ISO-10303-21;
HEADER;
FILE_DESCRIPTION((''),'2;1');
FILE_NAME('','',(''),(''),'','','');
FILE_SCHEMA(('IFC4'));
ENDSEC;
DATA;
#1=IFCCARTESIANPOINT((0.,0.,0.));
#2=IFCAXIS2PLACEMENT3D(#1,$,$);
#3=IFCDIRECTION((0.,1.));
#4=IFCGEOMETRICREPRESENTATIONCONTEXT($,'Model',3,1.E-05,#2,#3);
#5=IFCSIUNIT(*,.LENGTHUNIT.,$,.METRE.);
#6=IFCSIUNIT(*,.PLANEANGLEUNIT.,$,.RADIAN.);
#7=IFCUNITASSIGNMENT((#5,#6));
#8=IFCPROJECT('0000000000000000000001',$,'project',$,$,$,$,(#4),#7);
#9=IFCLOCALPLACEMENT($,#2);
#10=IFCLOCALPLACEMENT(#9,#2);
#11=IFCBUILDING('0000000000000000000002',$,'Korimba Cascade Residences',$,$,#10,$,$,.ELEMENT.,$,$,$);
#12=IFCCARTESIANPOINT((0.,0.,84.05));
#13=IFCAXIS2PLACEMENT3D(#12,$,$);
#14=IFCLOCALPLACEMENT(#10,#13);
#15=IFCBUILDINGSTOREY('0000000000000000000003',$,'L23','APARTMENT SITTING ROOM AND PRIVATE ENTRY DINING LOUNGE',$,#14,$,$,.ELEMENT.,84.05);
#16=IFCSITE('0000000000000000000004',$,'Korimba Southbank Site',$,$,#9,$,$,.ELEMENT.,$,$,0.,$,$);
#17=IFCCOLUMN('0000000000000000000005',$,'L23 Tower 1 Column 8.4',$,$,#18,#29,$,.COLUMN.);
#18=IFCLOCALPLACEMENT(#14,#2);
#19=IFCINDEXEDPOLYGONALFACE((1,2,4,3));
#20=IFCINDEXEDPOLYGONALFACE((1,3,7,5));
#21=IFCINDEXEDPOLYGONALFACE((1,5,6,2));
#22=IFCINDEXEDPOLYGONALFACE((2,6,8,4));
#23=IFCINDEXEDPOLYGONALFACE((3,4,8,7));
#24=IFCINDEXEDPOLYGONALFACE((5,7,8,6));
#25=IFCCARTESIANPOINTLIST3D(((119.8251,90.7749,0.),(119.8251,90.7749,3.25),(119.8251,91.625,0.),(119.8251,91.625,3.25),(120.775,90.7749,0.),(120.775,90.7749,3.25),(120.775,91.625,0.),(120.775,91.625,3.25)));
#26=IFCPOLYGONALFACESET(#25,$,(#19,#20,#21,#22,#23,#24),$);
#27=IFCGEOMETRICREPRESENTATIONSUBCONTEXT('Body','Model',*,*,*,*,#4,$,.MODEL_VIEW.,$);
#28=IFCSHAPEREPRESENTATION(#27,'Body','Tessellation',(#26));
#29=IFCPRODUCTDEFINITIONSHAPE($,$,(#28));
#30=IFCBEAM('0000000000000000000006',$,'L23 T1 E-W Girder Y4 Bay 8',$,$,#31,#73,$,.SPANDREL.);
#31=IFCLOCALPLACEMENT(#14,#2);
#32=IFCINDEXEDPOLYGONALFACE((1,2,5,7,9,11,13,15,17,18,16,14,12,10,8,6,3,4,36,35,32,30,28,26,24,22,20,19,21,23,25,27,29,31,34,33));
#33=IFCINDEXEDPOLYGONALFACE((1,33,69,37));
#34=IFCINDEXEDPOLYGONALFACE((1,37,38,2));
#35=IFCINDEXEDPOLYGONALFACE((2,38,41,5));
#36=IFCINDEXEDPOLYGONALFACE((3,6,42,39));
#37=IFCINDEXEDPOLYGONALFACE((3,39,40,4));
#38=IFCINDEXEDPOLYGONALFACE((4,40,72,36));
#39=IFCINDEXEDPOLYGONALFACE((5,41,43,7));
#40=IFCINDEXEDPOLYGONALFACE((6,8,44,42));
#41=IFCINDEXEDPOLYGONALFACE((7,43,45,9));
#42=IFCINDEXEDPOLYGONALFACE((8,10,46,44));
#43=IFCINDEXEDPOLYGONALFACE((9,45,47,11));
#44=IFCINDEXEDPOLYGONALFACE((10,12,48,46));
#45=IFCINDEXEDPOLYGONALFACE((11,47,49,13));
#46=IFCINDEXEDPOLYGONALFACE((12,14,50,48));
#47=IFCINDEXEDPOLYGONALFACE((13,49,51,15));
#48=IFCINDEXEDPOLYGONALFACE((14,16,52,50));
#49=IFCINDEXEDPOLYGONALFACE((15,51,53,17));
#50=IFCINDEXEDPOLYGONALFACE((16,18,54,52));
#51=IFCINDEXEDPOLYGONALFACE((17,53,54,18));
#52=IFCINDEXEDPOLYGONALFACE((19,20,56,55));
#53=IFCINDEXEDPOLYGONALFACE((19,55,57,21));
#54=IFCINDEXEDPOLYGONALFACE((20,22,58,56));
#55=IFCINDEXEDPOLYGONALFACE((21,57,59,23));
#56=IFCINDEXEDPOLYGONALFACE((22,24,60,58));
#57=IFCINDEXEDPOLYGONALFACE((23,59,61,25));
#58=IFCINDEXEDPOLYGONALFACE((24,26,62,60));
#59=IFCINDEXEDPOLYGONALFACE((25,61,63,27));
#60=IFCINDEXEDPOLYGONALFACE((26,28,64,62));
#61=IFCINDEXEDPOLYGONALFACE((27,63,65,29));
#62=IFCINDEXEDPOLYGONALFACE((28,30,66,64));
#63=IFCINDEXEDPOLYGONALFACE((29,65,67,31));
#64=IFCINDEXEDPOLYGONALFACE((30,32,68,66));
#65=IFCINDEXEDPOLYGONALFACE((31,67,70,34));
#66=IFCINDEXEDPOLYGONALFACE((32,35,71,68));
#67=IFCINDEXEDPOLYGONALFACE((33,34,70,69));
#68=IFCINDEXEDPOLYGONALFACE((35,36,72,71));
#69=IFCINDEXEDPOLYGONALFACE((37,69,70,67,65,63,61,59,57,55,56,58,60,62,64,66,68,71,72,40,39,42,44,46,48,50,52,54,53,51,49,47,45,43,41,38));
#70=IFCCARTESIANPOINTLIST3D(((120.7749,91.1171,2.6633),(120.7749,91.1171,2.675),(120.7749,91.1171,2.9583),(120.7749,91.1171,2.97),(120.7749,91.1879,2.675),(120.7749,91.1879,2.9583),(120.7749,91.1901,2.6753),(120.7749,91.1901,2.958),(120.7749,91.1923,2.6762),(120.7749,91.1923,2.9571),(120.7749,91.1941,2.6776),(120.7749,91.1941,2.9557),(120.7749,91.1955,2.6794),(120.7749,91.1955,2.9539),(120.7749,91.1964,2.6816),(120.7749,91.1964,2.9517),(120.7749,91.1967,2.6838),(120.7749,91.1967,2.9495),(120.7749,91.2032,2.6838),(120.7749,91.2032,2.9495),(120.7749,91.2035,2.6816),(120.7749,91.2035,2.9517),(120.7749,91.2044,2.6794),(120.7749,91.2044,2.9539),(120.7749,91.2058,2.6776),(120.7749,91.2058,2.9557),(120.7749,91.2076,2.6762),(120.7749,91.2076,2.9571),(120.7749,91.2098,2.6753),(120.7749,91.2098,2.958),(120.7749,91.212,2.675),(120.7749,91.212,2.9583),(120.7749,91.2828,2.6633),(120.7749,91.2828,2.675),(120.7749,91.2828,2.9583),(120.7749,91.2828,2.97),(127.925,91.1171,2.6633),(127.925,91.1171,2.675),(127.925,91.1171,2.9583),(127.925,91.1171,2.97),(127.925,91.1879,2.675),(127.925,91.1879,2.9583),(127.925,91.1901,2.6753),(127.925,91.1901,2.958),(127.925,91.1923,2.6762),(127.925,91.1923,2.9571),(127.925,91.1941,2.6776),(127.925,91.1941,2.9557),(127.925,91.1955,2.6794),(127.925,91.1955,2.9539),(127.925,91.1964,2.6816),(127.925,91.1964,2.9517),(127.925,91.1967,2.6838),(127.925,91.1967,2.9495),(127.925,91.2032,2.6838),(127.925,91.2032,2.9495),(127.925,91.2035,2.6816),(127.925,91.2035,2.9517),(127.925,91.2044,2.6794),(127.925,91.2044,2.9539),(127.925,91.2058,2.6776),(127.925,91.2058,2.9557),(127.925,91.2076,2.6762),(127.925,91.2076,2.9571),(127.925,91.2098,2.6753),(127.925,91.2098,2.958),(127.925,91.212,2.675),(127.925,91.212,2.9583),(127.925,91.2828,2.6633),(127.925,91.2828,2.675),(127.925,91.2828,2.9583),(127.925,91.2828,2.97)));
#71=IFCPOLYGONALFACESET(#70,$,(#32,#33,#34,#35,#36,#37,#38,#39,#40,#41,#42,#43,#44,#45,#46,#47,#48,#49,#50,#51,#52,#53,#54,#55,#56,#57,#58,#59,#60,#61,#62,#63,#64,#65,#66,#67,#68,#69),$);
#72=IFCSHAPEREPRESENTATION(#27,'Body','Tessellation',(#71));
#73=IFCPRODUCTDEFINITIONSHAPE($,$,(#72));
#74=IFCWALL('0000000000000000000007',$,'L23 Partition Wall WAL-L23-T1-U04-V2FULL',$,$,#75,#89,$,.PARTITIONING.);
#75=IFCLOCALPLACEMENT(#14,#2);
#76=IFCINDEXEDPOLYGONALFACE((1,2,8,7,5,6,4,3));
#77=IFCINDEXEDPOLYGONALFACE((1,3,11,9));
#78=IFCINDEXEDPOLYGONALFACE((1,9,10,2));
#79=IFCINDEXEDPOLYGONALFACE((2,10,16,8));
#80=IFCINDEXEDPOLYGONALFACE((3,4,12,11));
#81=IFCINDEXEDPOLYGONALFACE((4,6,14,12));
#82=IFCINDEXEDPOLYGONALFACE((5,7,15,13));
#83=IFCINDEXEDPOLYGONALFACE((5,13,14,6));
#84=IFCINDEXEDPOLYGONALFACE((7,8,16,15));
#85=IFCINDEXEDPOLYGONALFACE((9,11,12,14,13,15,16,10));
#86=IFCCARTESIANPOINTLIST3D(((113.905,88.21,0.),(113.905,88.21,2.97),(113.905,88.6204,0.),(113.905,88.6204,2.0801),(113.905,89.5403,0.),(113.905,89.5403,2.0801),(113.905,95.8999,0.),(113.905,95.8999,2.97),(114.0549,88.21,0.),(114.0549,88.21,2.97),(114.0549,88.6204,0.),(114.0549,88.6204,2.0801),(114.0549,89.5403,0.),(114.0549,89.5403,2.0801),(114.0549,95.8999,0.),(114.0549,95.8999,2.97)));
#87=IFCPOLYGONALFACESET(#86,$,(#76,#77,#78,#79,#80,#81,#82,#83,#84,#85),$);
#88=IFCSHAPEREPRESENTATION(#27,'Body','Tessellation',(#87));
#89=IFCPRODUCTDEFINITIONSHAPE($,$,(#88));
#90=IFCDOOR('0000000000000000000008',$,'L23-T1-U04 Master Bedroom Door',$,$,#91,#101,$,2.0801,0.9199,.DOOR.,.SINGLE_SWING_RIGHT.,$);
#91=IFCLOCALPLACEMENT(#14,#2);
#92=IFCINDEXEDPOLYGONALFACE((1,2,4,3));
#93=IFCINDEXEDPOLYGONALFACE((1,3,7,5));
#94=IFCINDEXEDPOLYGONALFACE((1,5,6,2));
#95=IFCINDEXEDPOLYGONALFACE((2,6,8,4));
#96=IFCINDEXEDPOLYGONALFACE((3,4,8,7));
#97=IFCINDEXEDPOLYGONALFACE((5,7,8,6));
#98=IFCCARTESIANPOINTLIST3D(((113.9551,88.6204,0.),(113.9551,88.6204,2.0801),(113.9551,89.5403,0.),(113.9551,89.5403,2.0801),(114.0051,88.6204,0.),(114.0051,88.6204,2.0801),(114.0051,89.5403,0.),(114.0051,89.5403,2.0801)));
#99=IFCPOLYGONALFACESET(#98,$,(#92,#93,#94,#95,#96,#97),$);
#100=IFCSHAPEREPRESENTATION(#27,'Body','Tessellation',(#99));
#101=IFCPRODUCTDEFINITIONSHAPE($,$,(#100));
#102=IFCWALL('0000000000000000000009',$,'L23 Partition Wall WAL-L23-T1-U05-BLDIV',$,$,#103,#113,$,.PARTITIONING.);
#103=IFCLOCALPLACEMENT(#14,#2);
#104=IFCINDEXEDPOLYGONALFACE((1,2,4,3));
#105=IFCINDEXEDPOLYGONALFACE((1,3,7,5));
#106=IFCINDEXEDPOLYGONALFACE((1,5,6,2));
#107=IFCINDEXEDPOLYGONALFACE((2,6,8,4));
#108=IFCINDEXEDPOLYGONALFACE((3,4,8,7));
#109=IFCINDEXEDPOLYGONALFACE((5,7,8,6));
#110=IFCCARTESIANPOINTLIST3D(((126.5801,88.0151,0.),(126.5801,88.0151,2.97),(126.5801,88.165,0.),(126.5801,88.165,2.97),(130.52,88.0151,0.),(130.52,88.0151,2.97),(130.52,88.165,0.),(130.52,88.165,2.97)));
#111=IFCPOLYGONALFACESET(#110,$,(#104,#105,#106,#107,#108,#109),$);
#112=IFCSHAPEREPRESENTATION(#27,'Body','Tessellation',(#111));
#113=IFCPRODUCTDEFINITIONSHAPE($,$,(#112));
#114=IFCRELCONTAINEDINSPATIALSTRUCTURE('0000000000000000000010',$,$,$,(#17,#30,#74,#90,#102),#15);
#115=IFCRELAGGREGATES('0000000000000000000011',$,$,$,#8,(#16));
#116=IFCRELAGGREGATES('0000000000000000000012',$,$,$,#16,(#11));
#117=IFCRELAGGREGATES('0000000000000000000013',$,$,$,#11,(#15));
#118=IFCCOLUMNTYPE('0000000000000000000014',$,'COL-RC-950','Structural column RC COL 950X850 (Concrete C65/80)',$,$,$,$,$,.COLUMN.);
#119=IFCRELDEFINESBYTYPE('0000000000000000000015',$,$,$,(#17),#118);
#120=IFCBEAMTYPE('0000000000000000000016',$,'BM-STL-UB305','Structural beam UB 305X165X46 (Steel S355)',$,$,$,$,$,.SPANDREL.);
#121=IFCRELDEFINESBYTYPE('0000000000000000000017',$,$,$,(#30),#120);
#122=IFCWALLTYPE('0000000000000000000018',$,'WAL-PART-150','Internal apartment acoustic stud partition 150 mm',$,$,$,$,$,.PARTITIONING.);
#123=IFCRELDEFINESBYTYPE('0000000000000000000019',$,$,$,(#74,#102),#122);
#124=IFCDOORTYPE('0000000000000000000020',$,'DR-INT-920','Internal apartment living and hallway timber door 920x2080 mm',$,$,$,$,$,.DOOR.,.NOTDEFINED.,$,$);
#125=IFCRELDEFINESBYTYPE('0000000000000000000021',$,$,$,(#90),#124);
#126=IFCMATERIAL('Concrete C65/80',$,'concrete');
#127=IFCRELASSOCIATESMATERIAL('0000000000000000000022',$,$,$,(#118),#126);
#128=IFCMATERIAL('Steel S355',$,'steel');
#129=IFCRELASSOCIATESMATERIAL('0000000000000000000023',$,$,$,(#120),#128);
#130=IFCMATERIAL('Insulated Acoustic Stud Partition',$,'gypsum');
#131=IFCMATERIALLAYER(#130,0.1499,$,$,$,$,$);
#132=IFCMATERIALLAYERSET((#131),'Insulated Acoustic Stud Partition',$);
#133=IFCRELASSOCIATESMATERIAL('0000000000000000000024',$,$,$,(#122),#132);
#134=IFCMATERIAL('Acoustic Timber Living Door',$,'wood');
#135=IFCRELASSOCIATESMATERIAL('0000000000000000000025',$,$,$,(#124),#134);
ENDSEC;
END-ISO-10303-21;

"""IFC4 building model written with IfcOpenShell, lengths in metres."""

from ifc_helpers import new_model, si_unit, direction, frame, frame_2d, origin, origin_2d, place, context, subcontext, project, spatial, rectangle, i_section, extrude, material, layer, layer_set, material_profile, profile_set, type_object, element, fill, save


model = new_model("IFC4")

# Units and contexts
model_context = context("Model", 3, precision=1e-05, world=origin(), true_north=direction((0.0, 1.0)))
body_context = subcontext(model_context, "Body", "Model", "MODEL_VIEW")
ifc_project = project(units=[si_unit("LENGTHUNIT", "METRE"), si_unit("PLANEANGLEUNIT", "RADIAN")], contexts=[model_context])

# Site, building, storey
site_placement = place(None, origin())
site = spatial("IfcSite", under=ifc_project, at=site_placement, Name="Korimba Southbank Site", CompositionType="ELEMENT", RefElevation=0.0)
building_placement = place(site_placement, origin())
building = spatial("IfcBuilding", under=site, at=building_placement, Name="Korimba Cascade Residences", CompositionType="ELEMENT")
storey_placement = place(building_placement, frame((0.0, 0.0, 84.05)))
storey = spatial("IfcBuildingStorey", under=building, at=storey_placement, Name="L23", Description="APARTMENT SITTING ROOM AND PRIVATE ENTRY DINING LOUNGE", CompositionType="ELEMENT", Elevation=84.05)

# Column
ifc_material_1 = material(Name="Concrete C65/80", Category="concrete")
ifc_material_profile_1 = material_profile(ifc_material_1, rectangle(XDim=0.95, YDim=0.8501, at=origin_2d()), Name="Concrete C65/80")
ifc_profile_set_1 = profile_set([ifc_material_profile_1], Name="Concrete C65/80")
column_type = type_object("IfcColumnType", Name="COL-RC-950", Description="Structural column RC COL 950X850 (Concrete C65/80)", PredefinedType="COLUMN", material=ifc_profile_set_1)
column_placement = place(storey_placement, frame((120.3, 91.2, 0.0), z_axis=(0.0, 0.0, 1.0), x_axis=(1.0, 0.0, 0.0)))
element("IfcColumn", 1, at=column_placement, inside=storey, type_object=column_type, Name="L23 Tower 1 Column 8.4", PredefinedType="COLUMN", context=body_context, shape_type="SweptSolid", body=[
    extrude(rectangle(XDim=0.95, YDim=0.8501, at=origin_2d()), origin(), (0.0, 0.0, 1.0), 3.25),
])

# Beam
ifc_material_2 = material(Name="Steel S355", Category="steel")
ifc_material_profile_2 = material_profile(ifc_material_2, i_section(OverallWidth=0.1658, OverallDepth=0.3066, WebThickness=0.0066, FlangeThickness=0.0117, FilletRadius=0.0088, at=origin_2d()), Name="Steel S355")
ifc_profile_set_2 = profile_set([ifc_material_profile_2], Name="Steel S355")
beam_type = type_object("IfcBeamType", Name="BM-STL-UB305", Description="Structural beam UB 305X165X46 (Steel S355)", PredefinedType="SPANDREL", material=ifc_profile_set_2)
beam_placement = place(storey_placement, frame((120.7749, 91.2, 2.8167), z_axis=(1.0, 0.0, 0.0), x_axis=(0.0, 1.0, 0.0)))
element("IfcBeam", 2, at=beam_placement, inside=storey, type_object=beam_type, Name="L23 T1 E-W Girder Y4 Bay 8", PredefinedType="SPANDREL", context=body_context, shape_type="SweptSolid", body=[
    extrude(i_section(OverallWidth=0.1658, OverallDepth=0.3066, WebThickness=0.0066, FlangeThickness=0.0117, FilletRadius=0.0088, at=origin_2d()), origin(), (0.0, 0.0, 1.0), 7.1501),
])

# Wall, opening, door
ifc_material_3 = material(Name="Insulated Acoustic Stud Partition", Category="gypsum")
ifc_layer = layer(ifc_material_3, 0.1499)
ifc_layer_set = layer_set([ifc_layer], Name="Insulated Acoustic Stud Partition")
wall_type = type_object("IfcWallType", Name="WAL-PART-150", Description="Internal apartment acoustic stud partition 150 mm", PredefinedType="PARTITIONING", material=ifc_layer_set)
wall_1_placement = place(storey_placement, frame((113.98, 88.21, 0.0), z_axis=(0.0, 0.0, 1.0), x_axis=(0.0, 1.0, 0.0)))
wall_1 = element("IfcWall", 3, at=wall_1_placement, inside=storey, type_object=wall_type, Name="L23 Partition Wall WAL-L23-T1-U04-V2FULL", PredefinedType="PARTITIONING", context=body_context, shape_type="SweptSolid", body=[
    extrude(rectangle(XDim=7.6899, YDim=0.1499, at=frame_2d((3.845, 0.0))), origin(), (0.0, 0.0, 1.0), 2.97),
])
opening_1_placement = place(wall_1_placement, frame((0.4104, 0.0, 0.0)))
opening_1 = element("IfcOpeningElement", 4, at=opening_1_placement, cuts=wall_1, PredefinedType="OPENING", context=body_context, shape_type="SweptSolid", body=[
    extrude(rectangle(XDim=0.9199, YDim=2.0801, at=frame_2d((0.46, 1.04))), frame((0.0, 0.085, 0.0), z_axis=(0.0, -1.0, 0.0), x_axis=(1.0, 0.0, 0.0)), (0.0, 0.0, 1.0), 0.1699),
])
ifc_material_4 = material(Name="Acoustic Timber Living Door", Category="wood")
door_type_1 = type_object("IfcDoorType", Name="DR-INT-920", Description="Internal apartment living and hallway timber door 920x2080 mm", OperationType="NOTDEFINED", PredefinedType="DOOR", material=ifc_material_4)
door_1_placement = place(opening_1_placement, origin())
door_1 = element("IfcDoor", 5, at=door_1_placement, inside=storey, type_object=door_type_1, Name="L23-T1-U04 Master Bedroom Door", OperationType="SINGLE_SWING_RIGHT", OverallHeight=2.0801, OverallWidth=0.9199, PredefinedType="DOOR", context=body_context, shape_type="SweptSolid", body=[
    extrude(rectangle(XDim=0.9199, YDim=2.0801, at=frame_2d((0.46, 1.04))), frame((0.0, 0.0249, 0.0), z_axis=(0.0, -1.0, 0.0), x_axis=(1.0, 0.0, 0.0)), (0.0, 0.0, 1.0), 0.05),
])
fill(opening_1, door_1)

# Wall
wall_2_placement = place(storey_placement, frame((126.5801, 88.0901, 0.0), z_axis=(0.0, 0.0, 1.0), x_axis=(1.0, 0.0, 0.0)))
element("IfcWall", 6, at=wall_2_placement, inside=storey, type_object=wall_type, Name="L23 Partition Wall WAL-L23-T1-U05-BLDIV", PredefinedType="PARTITIONING", context=body_context, shape_type="SweptSolid", body=[
    extrude(rectangle(XDim=3.9399, YDim=0.1499, at=frame_2d((1.97, 0.0))), origin(), (0.0, 0.0, 1.0), 2.97),
])

save(model, "model.ifc")
